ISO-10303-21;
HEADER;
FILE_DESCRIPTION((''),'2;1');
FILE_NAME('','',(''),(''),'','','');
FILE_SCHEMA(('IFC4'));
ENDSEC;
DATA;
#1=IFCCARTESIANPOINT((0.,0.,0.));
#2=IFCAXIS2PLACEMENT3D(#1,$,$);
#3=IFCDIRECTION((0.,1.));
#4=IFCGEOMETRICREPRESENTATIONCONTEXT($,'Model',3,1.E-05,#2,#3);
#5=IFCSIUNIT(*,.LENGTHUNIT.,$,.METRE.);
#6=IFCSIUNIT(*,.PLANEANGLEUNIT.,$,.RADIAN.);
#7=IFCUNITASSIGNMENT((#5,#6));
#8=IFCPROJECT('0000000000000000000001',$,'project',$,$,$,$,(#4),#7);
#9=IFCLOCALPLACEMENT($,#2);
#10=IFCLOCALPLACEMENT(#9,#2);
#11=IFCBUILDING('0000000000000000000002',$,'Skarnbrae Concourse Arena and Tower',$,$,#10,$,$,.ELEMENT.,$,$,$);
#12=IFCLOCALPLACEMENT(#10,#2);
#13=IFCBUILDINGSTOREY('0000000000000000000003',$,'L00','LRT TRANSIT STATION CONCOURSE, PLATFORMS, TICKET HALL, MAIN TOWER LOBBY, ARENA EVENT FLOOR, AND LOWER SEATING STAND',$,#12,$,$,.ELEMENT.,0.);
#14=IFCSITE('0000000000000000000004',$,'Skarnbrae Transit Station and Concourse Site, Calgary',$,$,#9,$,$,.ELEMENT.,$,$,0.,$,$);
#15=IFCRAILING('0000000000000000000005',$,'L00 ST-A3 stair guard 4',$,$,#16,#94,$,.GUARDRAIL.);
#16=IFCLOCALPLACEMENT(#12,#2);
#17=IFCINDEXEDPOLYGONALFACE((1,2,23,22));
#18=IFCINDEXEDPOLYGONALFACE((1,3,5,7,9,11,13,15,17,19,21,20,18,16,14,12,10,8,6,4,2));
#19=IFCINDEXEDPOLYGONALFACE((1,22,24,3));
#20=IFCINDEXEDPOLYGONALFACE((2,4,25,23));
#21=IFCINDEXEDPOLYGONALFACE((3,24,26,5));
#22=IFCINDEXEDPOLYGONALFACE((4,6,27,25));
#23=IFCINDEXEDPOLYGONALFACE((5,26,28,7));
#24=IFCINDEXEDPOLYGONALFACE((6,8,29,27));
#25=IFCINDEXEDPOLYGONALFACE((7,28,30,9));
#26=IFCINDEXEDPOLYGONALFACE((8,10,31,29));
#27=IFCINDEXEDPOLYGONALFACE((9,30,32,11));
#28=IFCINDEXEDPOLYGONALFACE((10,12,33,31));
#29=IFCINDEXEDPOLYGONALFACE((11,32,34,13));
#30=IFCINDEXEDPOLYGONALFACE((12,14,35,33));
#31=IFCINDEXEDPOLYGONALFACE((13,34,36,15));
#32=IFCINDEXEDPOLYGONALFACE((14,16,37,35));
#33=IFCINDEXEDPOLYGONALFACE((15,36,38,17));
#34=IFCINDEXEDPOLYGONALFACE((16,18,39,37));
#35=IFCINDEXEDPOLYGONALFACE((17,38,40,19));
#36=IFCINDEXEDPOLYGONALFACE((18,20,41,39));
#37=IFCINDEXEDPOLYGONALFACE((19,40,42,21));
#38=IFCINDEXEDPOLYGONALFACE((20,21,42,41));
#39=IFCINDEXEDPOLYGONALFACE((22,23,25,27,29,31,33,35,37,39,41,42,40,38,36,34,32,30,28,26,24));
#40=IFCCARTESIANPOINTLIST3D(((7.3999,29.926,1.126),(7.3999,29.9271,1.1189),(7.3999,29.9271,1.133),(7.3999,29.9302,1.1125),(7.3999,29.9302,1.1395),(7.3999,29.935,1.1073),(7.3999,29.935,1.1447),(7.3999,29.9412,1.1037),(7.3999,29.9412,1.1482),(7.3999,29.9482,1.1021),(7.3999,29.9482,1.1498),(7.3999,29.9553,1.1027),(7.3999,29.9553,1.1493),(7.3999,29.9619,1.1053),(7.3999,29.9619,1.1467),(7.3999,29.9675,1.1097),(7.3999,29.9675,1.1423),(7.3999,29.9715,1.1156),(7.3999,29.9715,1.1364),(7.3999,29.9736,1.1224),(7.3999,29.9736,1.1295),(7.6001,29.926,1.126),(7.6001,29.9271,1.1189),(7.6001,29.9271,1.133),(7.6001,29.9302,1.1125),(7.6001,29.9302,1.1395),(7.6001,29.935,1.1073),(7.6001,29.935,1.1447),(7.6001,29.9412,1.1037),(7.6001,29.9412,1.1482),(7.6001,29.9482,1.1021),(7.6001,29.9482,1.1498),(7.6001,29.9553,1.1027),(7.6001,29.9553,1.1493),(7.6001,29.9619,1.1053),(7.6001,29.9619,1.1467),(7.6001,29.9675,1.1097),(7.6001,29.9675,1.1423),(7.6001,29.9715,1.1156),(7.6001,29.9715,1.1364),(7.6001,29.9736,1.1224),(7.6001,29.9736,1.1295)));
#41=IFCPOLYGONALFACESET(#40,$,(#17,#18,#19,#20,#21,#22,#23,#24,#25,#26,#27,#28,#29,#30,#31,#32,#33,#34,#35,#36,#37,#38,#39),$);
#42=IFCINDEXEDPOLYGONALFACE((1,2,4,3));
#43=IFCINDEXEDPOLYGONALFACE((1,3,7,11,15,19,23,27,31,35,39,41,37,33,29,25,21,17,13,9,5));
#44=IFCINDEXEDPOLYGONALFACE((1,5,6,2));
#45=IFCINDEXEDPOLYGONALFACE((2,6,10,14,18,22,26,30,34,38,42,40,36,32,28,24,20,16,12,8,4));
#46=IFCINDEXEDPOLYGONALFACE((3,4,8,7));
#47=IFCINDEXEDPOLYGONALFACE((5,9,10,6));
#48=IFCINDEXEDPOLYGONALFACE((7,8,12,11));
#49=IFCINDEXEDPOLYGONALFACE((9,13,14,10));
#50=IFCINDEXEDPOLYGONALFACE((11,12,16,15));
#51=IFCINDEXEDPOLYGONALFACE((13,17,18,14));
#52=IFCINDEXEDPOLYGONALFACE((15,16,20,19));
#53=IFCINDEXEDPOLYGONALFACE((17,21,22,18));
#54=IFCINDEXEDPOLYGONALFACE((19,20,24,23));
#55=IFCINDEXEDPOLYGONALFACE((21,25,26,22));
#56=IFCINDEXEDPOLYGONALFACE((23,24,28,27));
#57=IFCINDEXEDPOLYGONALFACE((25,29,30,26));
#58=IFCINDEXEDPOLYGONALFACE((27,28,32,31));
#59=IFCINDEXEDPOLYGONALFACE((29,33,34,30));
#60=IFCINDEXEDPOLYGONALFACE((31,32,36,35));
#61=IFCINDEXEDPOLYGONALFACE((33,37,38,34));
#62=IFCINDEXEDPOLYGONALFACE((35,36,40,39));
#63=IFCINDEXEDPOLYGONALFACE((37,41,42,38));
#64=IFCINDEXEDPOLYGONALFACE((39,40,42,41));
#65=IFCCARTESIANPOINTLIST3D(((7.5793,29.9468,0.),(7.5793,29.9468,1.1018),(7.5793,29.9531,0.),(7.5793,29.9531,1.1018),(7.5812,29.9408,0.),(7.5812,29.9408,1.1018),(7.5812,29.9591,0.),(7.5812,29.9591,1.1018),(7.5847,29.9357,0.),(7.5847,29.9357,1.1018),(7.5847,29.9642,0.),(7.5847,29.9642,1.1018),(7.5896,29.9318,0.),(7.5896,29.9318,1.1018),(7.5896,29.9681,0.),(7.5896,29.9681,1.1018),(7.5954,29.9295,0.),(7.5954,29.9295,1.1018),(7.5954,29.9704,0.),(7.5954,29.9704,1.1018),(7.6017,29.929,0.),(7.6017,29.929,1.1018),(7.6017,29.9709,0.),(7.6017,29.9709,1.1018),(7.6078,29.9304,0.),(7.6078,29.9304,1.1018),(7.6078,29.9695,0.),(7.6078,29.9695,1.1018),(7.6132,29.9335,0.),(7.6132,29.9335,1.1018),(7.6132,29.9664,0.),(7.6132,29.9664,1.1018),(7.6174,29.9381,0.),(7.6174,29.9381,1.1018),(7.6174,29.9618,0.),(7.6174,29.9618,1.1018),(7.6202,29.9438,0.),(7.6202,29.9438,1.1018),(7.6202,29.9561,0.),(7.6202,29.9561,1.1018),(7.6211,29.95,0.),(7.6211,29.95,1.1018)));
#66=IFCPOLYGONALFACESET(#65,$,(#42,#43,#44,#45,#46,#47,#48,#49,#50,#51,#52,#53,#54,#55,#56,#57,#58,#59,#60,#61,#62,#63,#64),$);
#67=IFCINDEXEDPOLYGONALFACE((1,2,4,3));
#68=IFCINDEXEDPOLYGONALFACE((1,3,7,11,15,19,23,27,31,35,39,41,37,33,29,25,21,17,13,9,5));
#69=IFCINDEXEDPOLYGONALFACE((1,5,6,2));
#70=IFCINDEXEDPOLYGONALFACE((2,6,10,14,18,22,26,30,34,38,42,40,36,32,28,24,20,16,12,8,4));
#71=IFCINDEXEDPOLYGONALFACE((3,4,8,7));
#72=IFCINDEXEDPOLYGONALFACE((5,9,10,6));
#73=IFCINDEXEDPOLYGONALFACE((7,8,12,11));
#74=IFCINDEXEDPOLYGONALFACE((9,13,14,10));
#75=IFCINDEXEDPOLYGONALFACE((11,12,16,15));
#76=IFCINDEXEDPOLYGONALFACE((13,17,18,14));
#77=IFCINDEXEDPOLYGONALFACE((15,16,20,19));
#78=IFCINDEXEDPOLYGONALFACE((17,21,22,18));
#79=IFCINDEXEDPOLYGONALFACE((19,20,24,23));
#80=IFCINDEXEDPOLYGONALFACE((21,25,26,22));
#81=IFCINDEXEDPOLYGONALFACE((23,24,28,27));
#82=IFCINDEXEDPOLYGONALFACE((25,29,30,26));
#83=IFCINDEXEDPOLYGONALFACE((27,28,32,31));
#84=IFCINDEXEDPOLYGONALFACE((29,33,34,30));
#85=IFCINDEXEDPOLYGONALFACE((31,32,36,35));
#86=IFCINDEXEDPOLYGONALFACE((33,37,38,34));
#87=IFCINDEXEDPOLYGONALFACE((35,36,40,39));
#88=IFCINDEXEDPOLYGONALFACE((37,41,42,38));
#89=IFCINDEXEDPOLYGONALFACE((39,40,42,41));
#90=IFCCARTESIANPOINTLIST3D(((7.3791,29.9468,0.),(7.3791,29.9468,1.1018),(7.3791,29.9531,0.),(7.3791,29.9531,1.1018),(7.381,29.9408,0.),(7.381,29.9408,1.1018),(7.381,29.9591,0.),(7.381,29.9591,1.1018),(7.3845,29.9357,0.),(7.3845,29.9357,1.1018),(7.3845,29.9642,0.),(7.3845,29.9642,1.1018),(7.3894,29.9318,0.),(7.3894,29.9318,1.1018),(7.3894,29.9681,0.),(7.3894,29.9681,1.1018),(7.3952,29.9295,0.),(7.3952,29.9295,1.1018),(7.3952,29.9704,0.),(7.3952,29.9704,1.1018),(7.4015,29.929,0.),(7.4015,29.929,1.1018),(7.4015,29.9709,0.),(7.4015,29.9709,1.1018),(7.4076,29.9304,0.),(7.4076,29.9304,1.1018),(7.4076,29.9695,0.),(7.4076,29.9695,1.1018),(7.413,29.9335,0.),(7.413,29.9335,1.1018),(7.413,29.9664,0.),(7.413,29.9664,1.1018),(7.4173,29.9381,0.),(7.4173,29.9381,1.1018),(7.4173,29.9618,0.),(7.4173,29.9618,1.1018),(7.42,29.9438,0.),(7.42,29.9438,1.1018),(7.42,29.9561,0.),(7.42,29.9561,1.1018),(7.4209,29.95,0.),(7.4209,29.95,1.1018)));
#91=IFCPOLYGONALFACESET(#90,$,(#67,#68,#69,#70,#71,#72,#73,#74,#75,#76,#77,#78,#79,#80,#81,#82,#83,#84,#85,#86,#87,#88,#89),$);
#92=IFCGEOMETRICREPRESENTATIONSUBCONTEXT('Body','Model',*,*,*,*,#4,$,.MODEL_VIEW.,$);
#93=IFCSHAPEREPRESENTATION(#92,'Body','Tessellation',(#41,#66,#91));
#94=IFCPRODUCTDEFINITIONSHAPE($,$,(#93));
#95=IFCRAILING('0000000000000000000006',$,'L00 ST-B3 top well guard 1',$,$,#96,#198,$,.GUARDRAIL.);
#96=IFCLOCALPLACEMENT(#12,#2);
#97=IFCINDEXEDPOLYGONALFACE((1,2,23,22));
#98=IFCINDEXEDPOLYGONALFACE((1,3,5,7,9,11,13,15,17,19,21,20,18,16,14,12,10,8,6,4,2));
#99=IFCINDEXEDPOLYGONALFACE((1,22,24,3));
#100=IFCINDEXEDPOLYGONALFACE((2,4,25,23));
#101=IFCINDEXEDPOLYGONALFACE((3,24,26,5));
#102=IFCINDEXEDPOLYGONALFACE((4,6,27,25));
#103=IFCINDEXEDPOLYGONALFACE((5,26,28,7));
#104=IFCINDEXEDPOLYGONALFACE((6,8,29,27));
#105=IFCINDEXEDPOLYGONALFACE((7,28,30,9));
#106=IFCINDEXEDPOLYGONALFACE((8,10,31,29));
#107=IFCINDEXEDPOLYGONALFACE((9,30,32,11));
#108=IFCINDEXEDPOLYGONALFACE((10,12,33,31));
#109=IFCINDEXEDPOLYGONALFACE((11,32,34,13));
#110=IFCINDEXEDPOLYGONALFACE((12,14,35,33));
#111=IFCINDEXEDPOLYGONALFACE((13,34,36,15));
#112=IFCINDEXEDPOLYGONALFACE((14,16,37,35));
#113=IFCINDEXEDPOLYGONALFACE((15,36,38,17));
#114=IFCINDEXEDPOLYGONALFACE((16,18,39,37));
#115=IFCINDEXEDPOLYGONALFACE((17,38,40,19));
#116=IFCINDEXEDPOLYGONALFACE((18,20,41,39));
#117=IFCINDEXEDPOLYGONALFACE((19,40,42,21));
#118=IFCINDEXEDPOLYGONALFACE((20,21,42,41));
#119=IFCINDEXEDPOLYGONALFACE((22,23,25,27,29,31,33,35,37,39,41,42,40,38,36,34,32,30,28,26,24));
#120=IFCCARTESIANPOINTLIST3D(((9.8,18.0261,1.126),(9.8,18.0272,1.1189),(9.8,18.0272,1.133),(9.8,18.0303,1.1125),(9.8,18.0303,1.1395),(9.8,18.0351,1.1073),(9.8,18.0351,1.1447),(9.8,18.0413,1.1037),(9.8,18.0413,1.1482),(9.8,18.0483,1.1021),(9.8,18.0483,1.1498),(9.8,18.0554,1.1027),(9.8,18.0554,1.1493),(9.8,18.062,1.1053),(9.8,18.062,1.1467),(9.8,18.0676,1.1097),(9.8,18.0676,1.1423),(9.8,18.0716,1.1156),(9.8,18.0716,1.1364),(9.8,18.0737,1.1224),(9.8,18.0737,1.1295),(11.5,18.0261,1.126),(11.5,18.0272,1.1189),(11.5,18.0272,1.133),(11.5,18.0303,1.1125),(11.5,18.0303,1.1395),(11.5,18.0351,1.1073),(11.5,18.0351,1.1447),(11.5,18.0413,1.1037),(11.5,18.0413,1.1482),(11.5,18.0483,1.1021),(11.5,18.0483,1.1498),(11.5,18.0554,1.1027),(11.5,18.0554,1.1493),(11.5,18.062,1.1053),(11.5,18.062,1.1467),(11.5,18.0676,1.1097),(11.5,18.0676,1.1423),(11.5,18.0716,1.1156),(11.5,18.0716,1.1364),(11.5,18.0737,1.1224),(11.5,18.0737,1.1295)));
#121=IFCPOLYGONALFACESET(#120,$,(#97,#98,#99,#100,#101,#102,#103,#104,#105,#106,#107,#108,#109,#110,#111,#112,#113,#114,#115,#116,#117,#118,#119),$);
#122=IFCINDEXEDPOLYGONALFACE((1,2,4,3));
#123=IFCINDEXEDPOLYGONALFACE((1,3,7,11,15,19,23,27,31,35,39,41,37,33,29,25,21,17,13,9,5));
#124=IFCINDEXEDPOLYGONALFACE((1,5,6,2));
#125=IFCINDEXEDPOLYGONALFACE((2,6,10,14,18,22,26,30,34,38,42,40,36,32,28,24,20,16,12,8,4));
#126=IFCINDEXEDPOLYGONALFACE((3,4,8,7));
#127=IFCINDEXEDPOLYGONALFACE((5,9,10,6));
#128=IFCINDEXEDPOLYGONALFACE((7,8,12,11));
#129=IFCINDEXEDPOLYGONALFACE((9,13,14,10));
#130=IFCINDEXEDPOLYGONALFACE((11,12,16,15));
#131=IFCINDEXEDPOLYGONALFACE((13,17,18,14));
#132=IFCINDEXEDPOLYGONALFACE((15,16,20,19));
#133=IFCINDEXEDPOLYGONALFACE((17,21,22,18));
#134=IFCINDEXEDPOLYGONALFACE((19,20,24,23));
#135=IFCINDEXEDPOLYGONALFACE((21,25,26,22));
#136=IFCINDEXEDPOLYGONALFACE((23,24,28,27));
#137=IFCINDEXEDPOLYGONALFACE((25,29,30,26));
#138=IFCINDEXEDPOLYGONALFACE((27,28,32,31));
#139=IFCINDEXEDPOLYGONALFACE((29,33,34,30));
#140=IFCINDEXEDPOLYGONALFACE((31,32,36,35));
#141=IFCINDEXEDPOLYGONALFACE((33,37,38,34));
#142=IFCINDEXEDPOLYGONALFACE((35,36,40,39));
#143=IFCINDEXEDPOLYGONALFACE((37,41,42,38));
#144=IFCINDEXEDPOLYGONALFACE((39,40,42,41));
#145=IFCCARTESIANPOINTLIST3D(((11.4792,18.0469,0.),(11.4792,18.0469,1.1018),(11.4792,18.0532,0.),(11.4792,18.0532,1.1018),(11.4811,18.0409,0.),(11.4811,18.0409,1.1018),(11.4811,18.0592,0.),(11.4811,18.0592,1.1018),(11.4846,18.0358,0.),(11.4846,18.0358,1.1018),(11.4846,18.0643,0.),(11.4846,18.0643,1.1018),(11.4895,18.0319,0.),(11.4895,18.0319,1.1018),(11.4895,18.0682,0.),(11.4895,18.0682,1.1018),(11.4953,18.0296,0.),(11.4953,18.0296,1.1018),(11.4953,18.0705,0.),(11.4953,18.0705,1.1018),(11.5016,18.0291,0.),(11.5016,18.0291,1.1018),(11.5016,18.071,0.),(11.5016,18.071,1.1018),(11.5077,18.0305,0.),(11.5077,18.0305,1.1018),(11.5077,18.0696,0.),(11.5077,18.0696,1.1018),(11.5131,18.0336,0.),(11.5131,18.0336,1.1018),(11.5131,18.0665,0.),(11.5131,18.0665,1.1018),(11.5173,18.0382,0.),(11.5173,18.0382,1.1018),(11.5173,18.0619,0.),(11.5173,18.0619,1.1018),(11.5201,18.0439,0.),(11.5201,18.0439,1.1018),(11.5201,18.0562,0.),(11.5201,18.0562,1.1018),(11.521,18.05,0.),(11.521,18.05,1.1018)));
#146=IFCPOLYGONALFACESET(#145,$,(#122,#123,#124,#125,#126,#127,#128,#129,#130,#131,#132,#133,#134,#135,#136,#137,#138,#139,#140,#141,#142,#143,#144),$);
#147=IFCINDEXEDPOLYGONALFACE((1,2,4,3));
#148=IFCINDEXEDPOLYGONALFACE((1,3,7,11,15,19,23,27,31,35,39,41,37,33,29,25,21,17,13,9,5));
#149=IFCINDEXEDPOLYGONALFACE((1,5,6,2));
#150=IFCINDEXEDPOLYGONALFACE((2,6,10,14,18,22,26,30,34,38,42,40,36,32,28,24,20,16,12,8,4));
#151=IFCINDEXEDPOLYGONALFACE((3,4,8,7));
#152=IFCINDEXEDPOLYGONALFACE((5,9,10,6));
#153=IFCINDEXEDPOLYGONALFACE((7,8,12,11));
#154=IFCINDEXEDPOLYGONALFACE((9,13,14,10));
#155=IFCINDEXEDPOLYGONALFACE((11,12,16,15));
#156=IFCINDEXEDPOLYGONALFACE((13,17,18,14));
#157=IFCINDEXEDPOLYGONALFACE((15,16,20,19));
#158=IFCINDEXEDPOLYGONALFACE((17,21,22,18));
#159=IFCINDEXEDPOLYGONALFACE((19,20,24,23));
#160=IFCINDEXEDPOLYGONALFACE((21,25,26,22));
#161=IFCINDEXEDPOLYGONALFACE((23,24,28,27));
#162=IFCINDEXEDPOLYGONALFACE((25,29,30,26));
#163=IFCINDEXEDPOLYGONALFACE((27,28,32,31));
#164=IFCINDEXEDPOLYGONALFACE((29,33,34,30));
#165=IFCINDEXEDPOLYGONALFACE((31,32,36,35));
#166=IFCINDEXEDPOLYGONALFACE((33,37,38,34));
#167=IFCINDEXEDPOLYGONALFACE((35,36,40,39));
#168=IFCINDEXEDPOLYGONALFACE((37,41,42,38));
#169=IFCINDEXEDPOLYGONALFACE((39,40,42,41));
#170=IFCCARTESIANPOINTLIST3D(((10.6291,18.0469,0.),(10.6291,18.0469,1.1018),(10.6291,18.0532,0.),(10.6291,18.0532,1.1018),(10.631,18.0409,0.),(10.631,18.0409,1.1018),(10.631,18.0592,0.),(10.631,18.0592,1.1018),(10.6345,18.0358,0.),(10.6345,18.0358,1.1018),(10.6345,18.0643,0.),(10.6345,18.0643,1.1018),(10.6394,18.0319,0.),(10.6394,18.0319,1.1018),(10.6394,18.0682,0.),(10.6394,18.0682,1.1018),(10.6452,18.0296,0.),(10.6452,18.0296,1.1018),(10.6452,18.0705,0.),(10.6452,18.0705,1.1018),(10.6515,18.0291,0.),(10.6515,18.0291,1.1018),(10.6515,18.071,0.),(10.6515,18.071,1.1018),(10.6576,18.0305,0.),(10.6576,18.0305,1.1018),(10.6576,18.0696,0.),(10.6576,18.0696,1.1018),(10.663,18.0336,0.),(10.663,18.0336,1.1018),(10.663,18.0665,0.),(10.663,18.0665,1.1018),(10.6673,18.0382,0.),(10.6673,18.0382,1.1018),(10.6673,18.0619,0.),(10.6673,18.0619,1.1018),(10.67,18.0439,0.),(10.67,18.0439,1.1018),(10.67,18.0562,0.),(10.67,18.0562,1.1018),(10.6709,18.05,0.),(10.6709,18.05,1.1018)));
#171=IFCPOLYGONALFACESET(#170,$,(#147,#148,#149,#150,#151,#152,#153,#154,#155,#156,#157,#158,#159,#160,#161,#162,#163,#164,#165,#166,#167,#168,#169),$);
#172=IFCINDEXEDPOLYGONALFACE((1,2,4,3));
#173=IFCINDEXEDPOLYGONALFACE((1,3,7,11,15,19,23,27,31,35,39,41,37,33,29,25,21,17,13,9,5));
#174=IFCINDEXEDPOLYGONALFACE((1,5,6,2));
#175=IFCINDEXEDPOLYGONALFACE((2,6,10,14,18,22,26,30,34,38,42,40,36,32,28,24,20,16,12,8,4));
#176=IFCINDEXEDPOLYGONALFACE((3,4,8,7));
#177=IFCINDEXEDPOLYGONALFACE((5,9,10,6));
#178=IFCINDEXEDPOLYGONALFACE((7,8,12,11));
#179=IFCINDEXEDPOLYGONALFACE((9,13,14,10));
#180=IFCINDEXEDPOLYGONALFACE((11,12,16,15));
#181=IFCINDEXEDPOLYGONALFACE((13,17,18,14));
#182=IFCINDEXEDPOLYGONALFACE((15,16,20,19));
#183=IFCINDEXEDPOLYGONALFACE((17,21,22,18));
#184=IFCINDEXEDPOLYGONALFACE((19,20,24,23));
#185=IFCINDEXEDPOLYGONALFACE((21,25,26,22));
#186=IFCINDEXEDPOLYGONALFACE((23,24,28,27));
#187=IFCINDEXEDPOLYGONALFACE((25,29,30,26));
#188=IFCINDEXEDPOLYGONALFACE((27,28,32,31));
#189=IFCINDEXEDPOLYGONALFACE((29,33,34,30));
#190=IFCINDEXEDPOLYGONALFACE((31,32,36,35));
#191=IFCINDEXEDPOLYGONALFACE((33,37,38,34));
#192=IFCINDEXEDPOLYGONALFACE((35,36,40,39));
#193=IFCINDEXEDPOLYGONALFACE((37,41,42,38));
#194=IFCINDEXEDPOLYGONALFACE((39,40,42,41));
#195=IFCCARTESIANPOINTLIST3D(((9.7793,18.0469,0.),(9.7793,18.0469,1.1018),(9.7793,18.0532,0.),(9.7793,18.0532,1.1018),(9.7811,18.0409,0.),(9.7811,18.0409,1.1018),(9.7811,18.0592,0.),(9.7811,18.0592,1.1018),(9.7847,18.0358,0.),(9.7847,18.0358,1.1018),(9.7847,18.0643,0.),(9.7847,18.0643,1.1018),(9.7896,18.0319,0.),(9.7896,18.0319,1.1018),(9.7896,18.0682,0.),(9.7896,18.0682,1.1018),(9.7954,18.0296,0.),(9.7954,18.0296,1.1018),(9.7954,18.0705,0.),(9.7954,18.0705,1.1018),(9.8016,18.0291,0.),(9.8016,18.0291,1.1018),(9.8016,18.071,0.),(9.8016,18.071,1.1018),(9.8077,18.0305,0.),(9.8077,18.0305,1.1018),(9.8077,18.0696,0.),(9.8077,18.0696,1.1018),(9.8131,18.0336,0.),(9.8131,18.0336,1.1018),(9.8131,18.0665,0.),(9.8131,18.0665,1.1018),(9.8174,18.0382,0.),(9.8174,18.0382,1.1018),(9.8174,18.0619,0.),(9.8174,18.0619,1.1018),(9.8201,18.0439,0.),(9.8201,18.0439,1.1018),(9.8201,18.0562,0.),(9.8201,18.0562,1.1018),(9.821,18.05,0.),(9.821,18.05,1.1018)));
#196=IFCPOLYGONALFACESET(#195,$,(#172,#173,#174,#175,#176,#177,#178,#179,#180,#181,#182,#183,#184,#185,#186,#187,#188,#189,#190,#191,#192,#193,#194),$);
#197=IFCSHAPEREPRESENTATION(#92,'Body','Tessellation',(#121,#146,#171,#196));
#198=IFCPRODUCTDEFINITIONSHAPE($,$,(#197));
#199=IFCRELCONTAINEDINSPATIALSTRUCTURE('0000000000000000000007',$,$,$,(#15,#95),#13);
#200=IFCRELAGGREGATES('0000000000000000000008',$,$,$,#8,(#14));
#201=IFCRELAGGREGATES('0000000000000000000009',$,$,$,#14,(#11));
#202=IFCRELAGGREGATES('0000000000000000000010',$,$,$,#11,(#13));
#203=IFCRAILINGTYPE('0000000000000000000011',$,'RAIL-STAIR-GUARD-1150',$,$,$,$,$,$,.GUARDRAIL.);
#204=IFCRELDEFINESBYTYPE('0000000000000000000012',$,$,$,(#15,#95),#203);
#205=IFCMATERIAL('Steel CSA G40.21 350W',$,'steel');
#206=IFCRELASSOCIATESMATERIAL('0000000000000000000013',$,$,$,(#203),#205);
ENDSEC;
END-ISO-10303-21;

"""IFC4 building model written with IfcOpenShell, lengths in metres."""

from ifc_helpers import new_model, si_unit, direction, frame, origin, origin_2d, place, context, subcontext, project, spatial, circle, extrude, material, type_object, element, save


model = new_model("IFC4")

# Units and contexts
model_context = context("Model", 3, precision=1e-05, world=origin(), true_north=direction((0.0, 1.0)))
body_context = subcontext(model_context, "Body", "Model", "MODEL_VIEW")
ifc_project = project(units=[si_unit("LENGTHUNIT", "METRE"), si_unit("PLANEANGLEUNIT", "RADIAN")], contexts=[model_context])

# Site, building, storey
site_placement = place(None, origin())
site = spatial("IfcSite", under=ifc_project, at=site_placement, Name="Skarnbrae Transit Station and Concourse Site, Calgary", CompositionType="ELEMENT", RefElevation=0.0)
building_placement = place(site_placement, origin())
building = spatial("IfcBuilding", under=site, at=building_placement, Name="Skarnbrae Concourse Arena and Tower", CompositionType="ELEMENT")
storey_placement = place(building_placement, origin())
storey = spatial("IfcBuildingStorey", under=building, at=storey_placement, Name="L00", Description="LRT TRANSIT STATION CONCOURSE, PLATFORMS, TICKET HALL, MAIN TOWER LOBBY, ARENA EVENT FLOOR, AND LOWER SEATING STAND", CompositionType="ELEMENT", Elevation=0.0)

# Shared definitions
ifc_material_1 = material(Name="Steel CSA G40.21 350W", Category="steel")

# Railings
railing_type_1 = type_object("IfcRailingType", Name="RAIL-STAIR-GUARD-1150", PredefinedType="GUARDRAIL", material=ifc_material_1)
railing_1_placement = place(storey_placement, frame((7.6001, 29.95, 0.0)))
element("IfcRailing", 1, at=railing_1_placement, inside=storey, type_object=railing_type_1, Name="L00 ST-A3 stair guard 4", PredefinedType="GUARDRAIL", context=body_context, shape_type="SweptSolid", body=[
    extrude(circle(Radius=0.0239, at=origin_2d()), frame((0.0, 0.0, 1.126), z_axis=(-1.0, 0.0, 0.0), x_axis=(0.0, -1.0, 0.0)), (0.0, 0.0, 1.0), 0.2002),
    extrude(circle(Radius=0.021, at=origin_2d()), origin(), (0.0, 0.0, 1.0), 1.1018),
    extrude(circle(Radius=0.021, at=origin_2d()), frame((-0.2002, 0.0, 0.0)), (0.0, 0.0, 1.0), 1.1018),
])
railing_2_placement = place(storey_placement, frame((11.5, 18.05, 0.0)))
element("IfcRailing", 2, at=railing_2_placement, inside=storey, type_object=railing_type_1, Name="L00 ST-B3 top well guard 1", PredefinedType="GUARDRAIL", context=body_context, shape_type="SweptSolid", body=[
    extrude(circle(Radius=0.0239, at=origin_2d()), frame((0.0, 0.0, 1.126), z_axis=(-1.0, 0.0, 0.0), x_axis=(0.0, -1.0, 0.0)), (0.0, 0.0, 1.0), 1.7),
    extrude(circle(Radius=0.021, at=origin_2d()), origin(), (0.0, 0.0, 1.0), 1.1018),
    extrude(circle(Radius=0.021, at=origin_2d()), frame((-0.8501, 0.0, 0.0)), (0.0, 0.0, 1.0), 1.1018),
    extrude(circle(Radius=0.021, at=origin_2d()), frame((-1.7, 0.0, 0.0)), (0.0, 0.0, 1.0), 1.1018),
])

save(model, "model.ifc")
